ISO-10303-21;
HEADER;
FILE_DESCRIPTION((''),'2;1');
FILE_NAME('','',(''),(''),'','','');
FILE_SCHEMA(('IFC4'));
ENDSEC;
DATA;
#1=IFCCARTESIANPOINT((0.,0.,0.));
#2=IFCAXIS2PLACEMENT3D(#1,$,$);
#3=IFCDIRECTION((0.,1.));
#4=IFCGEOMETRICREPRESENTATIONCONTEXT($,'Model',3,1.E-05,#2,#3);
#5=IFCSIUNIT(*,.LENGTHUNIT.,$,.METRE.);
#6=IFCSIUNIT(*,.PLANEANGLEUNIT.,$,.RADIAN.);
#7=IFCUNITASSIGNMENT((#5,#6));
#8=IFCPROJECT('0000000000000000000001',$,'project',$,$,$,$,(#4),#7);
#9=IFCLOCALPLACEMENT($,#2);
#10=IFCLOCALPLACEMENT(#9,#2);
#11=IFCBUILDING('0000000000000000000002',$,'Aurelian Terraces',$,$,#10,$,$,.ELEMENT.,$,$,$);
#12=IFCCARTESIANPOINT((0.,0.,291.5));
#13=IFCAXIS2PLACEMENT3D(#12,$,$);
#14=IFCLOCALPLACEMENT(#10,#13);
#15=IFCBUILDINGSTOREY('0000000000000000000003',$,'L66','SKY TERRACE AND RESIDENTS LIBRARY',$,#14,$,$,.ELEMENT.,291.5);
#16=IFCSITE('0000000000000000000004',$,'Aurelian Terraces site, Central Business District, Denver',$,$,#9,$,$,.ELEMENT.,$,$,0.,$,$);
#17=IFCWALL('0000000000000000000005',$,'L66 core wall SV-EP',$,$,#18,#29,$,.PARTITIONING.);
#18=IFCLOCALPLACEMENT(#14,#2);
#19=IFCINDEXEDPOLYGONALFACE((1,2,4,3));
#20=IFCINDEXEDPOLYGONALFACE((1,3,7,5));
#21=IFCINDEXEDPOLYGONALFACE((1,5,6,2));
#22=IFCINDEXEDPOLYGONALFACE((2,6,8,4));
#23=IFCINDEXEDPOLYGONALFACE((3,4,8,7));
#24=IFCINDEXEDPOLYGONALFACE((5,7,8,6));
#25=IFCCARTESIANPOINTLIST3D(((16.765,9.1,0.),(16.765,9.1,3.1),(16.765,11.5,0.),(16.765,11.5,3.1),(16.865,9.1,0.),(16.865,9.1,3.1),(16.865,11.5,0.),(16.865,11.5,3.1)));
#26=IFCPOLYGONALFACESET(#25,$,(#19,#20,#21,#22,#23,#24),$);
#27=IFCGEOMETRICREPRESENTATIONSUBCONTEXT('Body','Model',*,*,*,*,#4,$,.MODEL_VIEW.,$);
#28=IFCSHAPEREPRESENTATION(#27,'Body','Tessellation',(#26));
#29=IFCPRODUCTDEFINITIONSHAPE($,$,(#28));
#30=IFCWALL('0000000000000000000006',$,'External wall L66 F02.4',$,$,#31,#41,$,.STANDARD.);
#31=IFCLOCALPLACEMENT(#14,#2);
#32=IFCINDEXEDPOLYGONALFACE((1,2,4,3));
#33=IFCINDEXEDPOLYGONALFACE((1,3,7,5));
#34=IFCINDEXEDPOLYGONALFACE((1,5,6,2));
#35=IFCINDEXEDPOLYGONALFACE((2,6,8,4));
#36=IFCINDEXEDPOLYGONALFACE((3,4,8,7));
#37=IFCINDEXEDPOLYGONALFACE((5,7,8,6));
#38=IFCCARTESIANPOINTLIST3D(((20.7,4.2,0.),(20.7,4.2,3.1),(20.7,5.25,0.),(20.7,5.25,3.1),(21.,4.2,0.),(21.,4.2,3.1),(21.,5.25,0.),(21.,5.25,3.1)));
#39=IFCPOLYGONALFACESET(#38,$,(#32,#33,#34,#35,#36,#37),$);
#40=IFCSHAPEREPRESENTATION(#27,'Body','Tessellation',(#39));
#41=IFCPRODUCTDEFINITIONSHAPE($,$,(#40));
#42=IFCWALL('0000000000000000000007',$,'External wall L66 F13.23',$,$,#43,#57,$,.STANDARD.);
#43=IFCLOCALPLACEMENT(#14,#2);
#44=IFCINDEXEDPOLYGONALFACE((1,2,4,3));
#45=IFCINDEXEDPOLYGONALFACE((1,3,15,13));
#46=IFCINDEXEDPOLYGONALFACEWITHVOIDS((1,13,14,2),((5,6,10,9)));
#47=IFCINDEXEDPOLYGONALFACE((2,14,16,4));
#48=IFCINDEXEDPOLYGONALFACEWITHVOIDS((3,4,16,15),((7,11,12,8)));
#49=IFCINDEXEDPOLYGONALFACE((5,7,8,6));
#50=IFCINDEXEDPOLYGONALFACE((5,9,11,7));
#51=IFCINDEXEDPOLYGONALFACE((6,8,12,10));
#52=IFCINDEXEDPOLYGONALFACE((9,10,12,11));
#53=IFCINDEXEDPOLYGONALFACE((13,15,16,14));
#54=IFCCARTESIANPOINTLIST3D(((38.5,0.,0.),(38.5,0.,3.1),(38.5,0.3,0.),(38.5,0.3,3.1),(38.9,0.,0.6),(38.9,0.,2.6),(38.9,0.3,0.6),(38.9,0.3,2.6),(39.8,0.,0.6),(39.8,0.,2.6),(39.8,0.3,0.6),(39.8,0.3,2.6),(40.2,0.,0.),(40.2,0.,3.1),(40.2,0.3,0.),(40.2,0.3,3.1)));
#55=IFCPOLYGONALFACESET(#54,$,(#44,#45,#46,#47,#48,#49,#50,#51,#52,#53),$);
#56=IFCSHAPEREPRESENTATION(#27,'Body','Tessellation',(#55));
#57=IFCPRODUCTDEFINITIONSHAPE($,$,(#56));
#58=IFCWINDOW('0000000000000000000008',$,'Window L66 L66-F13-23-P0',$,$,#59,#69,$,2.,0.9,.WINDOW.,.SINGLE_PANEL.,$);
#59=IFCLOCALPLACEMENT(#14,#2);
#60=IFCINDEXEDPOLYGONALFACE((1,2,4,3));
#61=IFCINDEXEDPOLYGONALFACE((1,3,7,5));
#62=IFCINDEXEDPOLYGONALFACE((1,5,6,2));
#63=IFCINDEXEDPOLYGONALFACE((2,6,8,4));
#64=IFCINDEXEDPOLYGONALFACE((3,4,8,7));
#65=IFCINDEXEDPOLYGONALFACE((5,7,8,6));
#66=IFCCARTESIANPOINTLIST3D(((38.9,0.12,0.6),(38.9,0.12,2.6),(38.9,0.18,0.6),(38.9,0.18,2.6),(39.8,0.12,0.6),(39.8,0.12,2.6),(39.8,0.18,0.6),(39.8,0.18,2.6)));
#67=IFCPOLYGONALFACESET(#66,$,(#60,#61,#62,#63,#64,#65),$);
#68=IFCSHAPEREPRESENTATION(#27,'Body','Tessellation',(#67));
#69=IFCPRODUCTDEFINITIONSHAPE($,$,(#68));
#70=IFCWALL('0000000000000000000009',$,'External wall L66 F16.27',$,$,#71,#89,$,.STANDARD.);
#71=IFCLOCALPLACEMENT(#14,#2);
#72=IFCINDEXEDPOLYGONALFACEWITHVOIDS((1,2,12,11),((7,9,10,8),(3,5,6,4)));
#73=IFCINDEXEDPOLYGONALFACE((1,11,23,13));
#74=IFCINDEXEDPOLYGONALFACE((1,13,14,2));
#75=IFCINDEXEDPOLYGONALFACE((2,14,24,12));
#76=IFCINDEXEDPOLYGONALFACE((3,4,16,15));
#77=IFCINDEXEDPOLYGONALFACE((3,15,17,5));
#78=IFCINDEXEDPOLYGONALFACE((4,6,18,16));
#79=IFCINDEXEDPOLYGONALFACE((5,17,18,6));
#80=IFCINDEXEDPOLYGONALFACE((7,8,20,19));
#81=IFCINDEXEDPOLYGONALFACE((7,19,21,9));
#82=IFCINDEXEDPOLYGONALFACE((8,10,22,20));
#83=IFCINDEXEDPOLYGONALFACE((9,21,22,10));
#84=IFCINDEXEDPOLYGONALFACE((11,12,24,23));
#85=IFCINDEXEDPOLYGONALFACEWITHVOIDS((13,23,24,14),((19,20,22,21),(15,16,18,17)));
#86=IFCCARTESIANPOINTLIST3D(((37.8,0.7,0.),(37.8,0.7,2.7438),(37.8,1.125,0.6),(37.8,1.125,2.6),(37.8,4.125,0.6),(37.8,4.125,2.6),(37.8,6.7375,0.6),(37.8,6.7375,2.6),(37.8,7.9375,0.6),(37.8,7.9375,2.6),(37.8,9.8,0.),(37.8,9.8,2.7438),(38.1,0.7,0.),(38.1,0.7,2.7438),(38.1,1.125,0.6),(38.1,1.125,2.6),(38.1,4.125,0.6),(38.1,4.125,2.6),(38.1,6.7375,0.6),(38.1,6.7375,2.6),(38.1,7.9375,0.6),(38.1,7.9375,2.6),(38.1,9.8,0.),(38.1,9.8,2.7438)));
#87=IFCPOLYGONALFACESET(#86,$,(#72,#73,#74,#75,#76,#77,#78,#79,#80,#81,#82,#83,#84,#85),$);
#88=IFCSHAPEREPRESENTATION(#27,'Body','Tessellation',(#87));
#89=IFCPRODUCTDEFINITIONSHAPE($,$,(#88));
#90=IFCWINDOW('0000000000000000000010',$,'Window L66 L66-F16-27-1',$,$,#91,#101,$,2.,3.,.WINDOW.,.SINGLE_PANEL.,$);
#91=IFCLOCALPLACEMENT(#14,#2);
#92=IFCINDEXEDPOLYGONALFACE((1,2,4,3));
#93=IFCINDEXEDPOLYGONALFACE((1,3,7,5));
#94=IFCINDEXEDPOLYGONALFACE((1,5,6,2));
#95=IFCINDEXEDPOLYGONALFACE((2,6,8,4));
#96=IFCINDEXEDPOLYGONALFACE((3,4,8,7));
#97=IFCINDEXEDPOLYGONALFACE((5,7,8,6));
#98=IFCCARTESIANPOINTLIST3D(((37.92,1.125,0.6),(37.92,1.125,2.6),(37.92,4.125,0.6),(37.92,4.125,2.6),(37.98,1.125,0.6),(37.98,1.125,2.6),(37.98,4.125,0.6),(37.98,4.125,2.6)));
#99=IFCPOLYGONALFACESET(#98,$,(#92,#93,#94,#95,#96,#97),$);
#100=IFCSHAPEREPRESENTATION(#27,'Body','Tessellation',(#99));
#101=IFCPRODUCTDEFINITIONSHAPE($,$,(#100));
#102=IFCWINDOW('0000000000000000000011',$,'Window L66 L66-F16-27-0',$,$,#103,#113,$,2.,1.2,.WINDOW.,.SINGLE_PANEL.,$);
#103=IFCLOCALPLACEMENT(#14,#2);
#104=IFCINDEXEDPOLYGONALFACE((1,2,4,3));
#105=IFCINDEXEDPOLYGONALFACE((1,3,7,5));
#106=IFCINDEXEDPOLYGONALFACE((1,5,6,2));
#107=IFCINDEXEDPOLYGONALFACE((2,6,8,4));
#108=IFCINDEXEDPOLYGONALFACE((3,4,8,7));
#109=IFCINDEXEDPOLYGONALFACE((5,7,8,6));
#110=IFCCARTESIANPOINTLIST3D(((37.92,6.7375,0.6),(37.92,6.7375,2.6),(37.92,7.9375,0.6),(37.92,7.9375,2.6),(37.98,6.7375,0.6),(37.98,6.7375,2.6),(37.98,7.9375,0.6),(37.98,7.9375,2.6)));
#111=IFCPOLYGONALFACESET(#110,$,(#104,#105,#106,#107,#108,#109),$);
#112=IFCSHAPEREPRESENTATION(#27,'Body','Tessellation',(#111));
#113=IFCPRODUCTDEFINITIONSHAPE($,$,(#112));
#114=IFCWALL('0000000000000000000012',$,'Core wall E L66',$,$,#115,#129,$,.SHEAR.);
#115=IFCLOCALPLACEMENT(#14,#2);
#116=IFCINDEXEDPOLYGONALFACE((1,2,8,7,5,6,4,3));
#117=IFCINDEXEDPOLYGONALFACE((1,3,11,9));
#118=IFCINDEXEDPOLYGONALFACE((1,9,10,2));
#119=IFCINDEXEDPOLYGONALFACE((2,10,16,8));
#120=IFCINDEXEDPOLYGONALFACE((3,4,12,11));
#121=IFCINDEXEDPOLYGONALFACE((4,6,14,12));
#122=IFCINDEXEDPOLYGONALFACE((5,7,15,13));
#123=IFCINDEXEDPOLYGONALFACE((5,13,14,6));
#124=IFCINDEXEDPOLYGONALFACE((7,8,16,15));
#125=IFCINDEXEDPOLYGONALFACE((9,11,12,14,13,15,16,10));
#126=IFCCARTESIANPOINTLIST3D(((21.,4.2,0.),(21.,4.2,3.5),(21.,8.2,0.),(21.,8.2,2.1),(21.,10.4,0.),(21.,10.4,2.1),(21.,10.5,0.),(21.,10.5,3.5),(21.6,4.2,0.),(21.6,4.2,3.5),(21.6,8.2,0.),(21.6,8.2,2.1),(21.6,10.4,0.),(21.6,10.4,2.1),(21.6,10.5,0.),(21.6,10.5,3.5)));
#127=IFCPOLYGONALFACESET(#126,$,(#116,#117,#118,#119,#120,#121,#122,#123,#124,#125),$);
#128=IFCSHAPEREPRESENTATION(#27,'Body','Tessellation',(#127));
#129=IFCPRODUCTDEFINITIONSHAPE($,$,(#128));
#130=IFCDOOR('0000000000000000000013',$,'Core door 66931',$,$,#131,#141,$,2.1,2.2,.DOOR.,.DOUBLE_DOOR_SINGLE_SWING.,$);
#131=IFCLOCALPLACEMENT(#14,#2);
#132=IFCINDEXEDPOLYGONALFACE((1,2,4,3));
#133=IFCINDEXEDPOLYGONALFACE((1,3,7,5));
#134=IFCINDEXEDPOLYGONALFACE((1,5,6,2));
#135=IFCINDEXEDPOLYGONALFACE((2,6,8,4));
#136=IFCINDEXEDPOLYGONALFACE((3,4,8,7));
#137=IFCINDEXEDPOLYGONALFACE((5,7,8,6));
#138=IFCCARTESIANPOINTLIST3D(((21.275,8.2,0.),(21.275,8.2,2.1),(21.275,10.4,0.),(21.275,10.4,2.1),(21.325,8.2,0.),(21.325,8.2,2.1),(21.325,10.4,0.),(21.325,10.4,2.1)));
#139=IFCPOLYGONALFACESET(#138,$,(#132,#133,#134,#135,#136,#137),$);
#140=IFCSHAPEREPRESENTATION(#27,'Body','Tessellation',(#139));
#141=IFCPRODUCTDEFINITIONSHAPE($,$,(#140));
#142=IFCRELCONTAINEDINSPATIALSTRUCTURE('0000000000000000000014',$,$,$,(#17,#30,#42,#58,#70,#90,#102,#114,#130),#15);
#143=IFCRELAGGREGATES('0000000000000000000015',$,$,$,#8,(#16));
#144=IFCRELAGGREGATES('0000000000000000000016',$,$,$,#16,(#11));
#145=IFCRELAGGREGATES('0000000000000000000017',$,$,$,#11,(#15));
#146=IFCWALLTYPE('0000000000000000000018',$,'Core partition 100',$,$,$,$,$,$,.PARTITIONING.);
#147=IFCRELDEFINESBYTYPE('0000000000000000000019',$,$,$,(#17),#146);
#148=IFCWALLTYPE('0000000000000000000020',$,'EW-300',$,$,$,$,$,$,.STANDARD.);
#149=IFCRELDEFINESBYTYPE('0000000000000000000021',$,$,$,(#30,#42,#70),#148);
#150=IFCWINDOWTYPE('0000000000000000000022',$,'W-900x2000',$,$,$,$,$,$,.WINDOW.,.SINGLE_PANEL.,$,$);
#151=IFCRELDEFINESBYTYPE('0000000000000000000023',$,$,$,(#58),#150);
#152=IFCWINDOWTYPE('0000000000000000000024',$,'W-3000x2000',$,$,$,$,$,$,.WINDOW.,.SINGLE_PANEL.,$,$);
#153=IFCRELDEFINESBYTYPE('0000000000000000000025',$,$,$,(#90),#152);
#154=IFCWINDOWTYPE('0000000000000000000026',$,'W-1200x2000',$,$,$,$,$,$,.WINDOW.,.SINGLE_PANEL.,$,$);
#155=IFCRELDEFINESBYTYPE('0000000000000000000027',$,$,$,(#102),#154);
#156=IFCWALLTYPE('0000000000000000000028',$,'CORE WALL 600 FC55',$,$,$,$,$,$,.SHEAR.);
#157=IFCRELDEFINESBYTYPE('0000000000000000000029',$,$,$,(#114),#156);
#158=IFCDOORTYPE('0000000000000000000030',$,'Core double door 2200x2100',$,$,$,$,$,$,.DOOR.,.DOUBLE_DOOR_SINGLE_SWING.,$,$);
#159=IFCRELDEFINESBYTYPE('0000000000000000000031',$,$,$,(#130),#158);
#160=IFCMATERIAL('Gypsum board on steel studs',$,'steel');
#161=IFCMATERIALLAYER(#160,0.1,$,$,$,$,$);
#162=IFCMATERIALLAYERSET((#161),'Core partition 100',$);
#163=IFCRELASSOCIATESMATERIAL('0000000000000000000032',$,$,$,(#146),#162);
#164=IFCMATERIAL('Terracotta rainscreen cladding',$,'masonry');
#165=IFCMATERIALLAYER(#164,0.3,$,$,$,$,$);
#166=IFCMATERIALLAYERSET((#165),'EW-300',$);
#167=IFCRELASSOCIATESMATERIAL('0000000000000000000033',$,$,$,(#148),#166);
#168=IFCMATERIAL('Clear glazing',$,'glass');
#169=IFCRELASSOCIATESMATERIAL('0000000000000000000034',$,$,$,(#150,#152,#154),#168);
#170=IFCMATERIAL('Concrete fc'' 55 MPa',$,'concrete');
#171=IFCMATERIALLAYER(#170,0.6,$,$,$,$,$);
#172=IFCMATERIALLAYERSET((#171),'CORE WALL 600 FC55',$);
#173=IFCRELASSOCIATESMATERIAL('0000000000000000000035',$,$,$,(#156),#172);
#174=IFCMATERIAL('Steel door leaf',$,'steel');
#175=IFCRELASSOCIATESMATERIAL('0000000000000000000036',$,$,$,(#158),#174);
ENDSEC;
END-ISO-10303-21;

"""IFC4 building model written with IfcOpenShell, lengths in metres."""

from ifc_helpers import new_model, si_unit, direction, frame, frame_2d, origin, place, context, subcontext, project, spatial, rectangle, extrude, source, transform, mapped, material, layer, layer_set, type_object, element, fill, save


model = new_model("IFC4")

# Units and contexts
model_context = context("Model", 3, precision=1e-05, world=origin(), true_north=direction((0.0, 1.0)))
body_context = subcontext(model_context, "Body", "Model", "MODEL_VIEW")
ifc_project = project(units=[si_unit("LENGTHUNIT", "METRE"), si_unit("PLANEANGLEUNIT", "RADIAN")], contexts=[model_context])

# Site, building, storey
site_placement = place(None, origin())
site = spatial("IfcSite", under=ifc_project, at=site_placement, Name="Aurelian Terraces site, Central Business District, Denver", CompositionType="ELEMENT", RefElevation=0.0)
building_placement = place(site_placement, origin())
building = spatial("IfcBuilding", under=site, at=building_placement, Name="Aurelian Terraces", CompositionType="ELEMENT")
storey_placement = place(building_placement, frame((0.0, 0.0, 291.5)))
storey = spatial("IfcBuildingStorey", under=building, at=storey_placement, Name="L66", Description="SKY TERRACE AND RESIDENTS LIBRARY", CompositionType="ELEMENT", Elevation=291.5)

# Shared definitions
ifc_material_1 = material(Name="Concrete fc' 55 MPa", Category="concrete")

# Walls
ifc_material_2 = material(Name="Gypsum board on steel studs", Category="steel")
ifc_layer_1 = layer(ifc_material_2, 0.1)
ifc_layer_set_1 = layer_set([ifc_layer_1], Name="Core partition 100")
wall_type_1 = type_object("IfcWallType", Name="Core partition 100", PredefinedType="PARTITIONING", material=ifc_layer_set_1)
wall_1_placement = place(storey_placement, frame((16.815, 9.1, 0.0), z_axis=(0.0, 0.0, 1.0), x_axis=(0.0, 1.0, 0.0)))
element("IfcWall", 1, at=wall_1_placement, inside=storey, type_object=wall_type_1, Name="L66 core wall SV-EP", PredefinedType="PARTITIONING", context=body_context, shape_type="SweptSolid", body=[
    extrude(rectangle(XDim=2.4, YDim=0.1, at=frame_2d((1.2, 0.0))), origin(), (0.0, 0.0, 1.0), 3.1),
])
ifc_material_3 = material(Name="Terracotta rainscreen cladding", Category="masonry")
ifc_layer_2 = layer(ifc_material_3, 0.3)
ifc_layer_set_2 = layer_set([ifc_layer_2], Name="EW-300")
wall_type_2 = type_object("IfcWallType", Name="EW-300", PredefinedType="STANDARD", material=ifc_layer_set_2)
wall_2_placement = place(storey_placement, frame((20.85, 4.2, 0.0), z_axis=(0.0, 0.0, 1.0), x_axis=(0.0, 1.0, 0.0)))
element("IfcWall", 2, at=wall_2_placement, inside=storey, type_object=wall_type_2, Name="External wall L66 F02.4", PredefinedType="STANDARD", context=body_context, shape_type="SweptSolid", body=[
    extrude(rectangle(XDim=1.05, YDim=0.3, at=frame_2d((0.525, 0.0))), origin(), (0.0, 0.0, 1.0), 3.1),
])

# Wall, opening, window
wall_3_placement = place(storey_placement, frame((38.5, 0.15, 0.0), z_axis=(0.0, 0.0, 1.0), x_axis=(1.0, 0.0, 0.0)))
wall_3 = element("IfcWall", 3, at=wall_3_placement, inside=storey, type_object=wall_type_2, Name="External wall L66 F13.23", PredefinedType="STANDARD", context=body_context, shape_type="SweptSolid", body=[
    extrude(rectangle(XDim=1.7, YDim=0.3, at=frame_2d((0.85, 0.0))), origin(), (0.0, 0.0, 1.0), 3.1),
])
opening_1_placement = place(wall_3_placement, frame((0.4, 0.0, 0.6)))
opening_1 = element("IfcOpeningElement", 4, at=opening_1_placement, cuts=wall_3, PredefinedType="OPENING", context=body_context, shape_type="SweptSolid", body=[
    extrude(rectangle(XDim=0.9, YDim=2.0, at=frame_2d((0.45, 1.0))), frame((0.0, 0.16, 0.0), z_axis=(0.0, -1.0, 0.0), x_axis=(1.0, 0.0, 0.0)), (0.0, 0.0, 1.0), 0.32),
])
ifc_material_4 = material(Name="Clear glazing", Category="glass")
window_type_1 = type_object("IfcWindowType", Name="W-900x2000", PartitioningType="SINGLE_PANEL", PredefinedType="WINDOW", material=ifc_material_4)
window_1_placement = place(opening_1_placement, origin())
window_1 = element("IfcWindow", 5, at=window_1_placement, inside=storey, type_object=window_type_1, Name="Window L66 L66-F13-23-P0", OverallHeight=2.0, OverallWidth=0.9, PartitioningType="SINGLE_PANEL", PredefinedType="WINDOW", context=body_context, shape_type="SweptSolid", body=[
    extrude(rectangle(XDim=0.9, YDim=2.0, at=frame_2d((0.45, 1.0))), frame((0.0, 0.03, 0.0), z_axis=(0.0, -1.0, 0.0), x_axis=(1.0, 0.0, 0.0)), (0.0, 0.0, 1.0), 0.06),
])
fill(opening_1, window_1)

# Wall, openings, windows
wall_4_placement = place(storey_placement, frame((37.95, 9.8, 0.0), z_axis=(0.0, 0.0, 1.0), x_axis=(0.0, -1.0, 0.0)))
wall_4 = element("IfcWall", 6, at=wall_4_placement, inside=storey, type_object=wall_type_2, Name="External wall L66 F16.27", PredefinedType="STANDARD", context=body_context, shape_type="SweptSolid", body=[
    extrude(rectangle(XDim=9.1, YDim=0.3, at=frame_2d((4.55, 0.0))), origin(), (0.0, 0.0, 1.0), 2.7438),
])
shared_shape_1 = source(origin(), body_context, "Body", "SweptSolid", [
    extrude(rectangle(XDim=1.2, YDim=2.0, at=frame_2d((0.6, 1.0))), frame((0.0, 0.16, 0.0), z_axis=(0.0, -1.0, 0.0), x_axis=(1.0, 0.0, 0.0)), (0.0, 0.0, 1.0), 0.32),
])
opening_2_placement = place(wall_4_placement, frame((1.8625, 0.0, 0.6)))
opening_2 = element("IfcOpeningElement", 7, at=opening_2_placement, cuts=wall_4, PredefinedType="OPENING", context=body_context, shape_type="MappedRepresentation", body=[
    mapped(shared_shape_1, transform((0.0, 0.0, 0.0), scale=1.0)),
])
shared_shape_2 = source(origin(), body_context, "Body", "SweptSolid", [
    extrude(rectangle(XDim=3.0, YDim=2.0, at=frame_2d((1.5, 1.0))), frame((0.0, 0.16, 0.0), z_axis=(0.0, -1.0, 0.0), x_axis=(1.0, 0.0, 0.0)), (0.0, 0.0, 1.0), 0.32),
])
opening_3_placement = place(wall_4_placement, frame((5.675, 0.0, 0.6)))
opening_3 = element("IfcOpeningElement", 8, at=opening_3_placement, cuts=wall_4, PredefinedType="OPENING", context=body_context, shape_type="MappedRepresentation", body=[
    mapped(shared_shape_2, transform((0.0, 0.0, 0.0), scale=1.0)),
])
window_type_2 = type_object("IfcWindowType", Name="W-3000x2000", PartitioningType="SINGLE_PANEL", PredefinedType="WINDOW", material=ifc_material_4)
shared_shape_3 = source(origin(), body_context, "Body", "SweptSolid", [
    extrude(rectangle(XDim=3.0, YDim=2.0, at=frame_2d((1.5, 1.0))), frame((0.0, 0.03, 0.0), z_axis=(0.0, -1.0, 0.0), x_axis=(1.0, 0.0, 0.0)), (0.0, 0.0, 1.0), 0.06),
])
window_2_placement = place(opening_3_placement, origin())
window_2 = element("IfcWindow", 9, at=window_2_placement, inside=storey, type_object=window_type_2, Name="Window L66 L66-F16-27-1", OverallHeight=2.0, OverallWidth=3.0, PartitioningType="SINGLE_PANEL", PredefinedType="WINDOW", context=body_context, shape_type="MappedRepresentation", body=[
    mapped(shared_shape_3, transform((0.0, 0.0, 0.0), scale=1.0)),
])
fill(opening_3, window_2)
window_type_3 = type_object("IfcWindowType", Name="W-1200x2000", PartitioningType="SINGLE_PANEL", PredefinedType="WINDOW", material=ifc_material_4)
shared_shape_4 = source(origin(), body_context, "Body", "SweptSolid", [
    extrude(rectangle(XDim=1.2, YDim=2.0, at=frame_2d((0.6, 1.0))), frame((0.0, 0.03, 0.0), z_axis=(0.0, -1.0, 0.0), x_axis=(1.0, 0.0, 0.0)), (0.0, 0.0, 1.0), 0.06),
])
window_3_placement = place(opening_2_placement, origin())
window_3 = element("IfcWindow", 10, at=window_3_placement, inside=storey, type_object=window_type_3, Name="Window L66 L66-F16-27-0", OverallHeight=2.0, OverallWidth=1.2, PartitioningType="SINGLE_PANEL", PredefinedType="WINDOW", context=body_context, shape_type="MappedRepresentation", body=[
    mapped(shared_shape_4, transform((0.0, 0.0, 0.0), scale=1.0)),
])
fill(opening_2, window_3)

# Wall, opening, door
ifc_layer_3 = layer(ifc_material_1, 0.6)
ifc_layer_set_3 = layer_set([ifc_layer_3], Name="CORE WALL 600 FC55")
wall_type_3 = type_object("IfcWallType", Name="CORE WALL 600 FC55", PredefinedType="SHEAR", material=ifc_layer_set_3)
shared_shape_5 = source(origin(), body_context, "Body", "SweptSolid", [
    extrude(rectangle(XDim=6.3, YDim=0.6, at=frame_2d((3.15, 0.0))), origin(), (0.0, 0.0, 1.0), 3.5),
])
wall_5_placement = place(storey_placement, frame((21.3, 4.2, 0.0), z_axis=(0.0, 0.0, 1.0), x_axis=(0.0, 1.0, 0.0)))
wall_5 = element("IfcWall", 11, at=wall_5_placement, inside=storey, type_object=wall_type_3, Name="Core wall E L66", PredefinedType="SHEAR", context=body_context, shape_type="MappedRepresentation", body=[
    mapped(shared_shape_5, transform((0.0, 0.0, 0.0), scale=1.0)),
])
shared_shape_6 = source(origin(), body_context, "Body", "SweptSolid", [
    extrude(rectangle(XDim=2.2, YDim=2.1, at=frame_2d((1.1, 1.05))), frame((0.0, 0.31, 0.0), z_axis=(0.0, -1.0, 0.0), x_axis=(1.0, 0.0, 0.0)), (0.0, 0.0, 1.0), 0.62),
])
opening_4_placement = place(wall_5_placement, frame((4.0, 0.0, 0.0)))
opening_4 = element("IfcOpeningElement", 12, at=opening_4_placement, cuts=wall_5, PredefinedType="OPENING", context=body_context, shape_type="MappedRepresentation", body=[
    mapped(shared_shape_6, transform((0.0, 0.0, 0.0), scale=1.0)),
])
ifc_material_5 = material(Name="Steel door leaf", Category="steel")
door_type_1 = type_object("IfcDoorType", Name="Core double door 2200x2100", OperationType="DOUBLE_DOOR_SINGLE_SWING", PredefinedType="DOOR", material=ifc_material_5)
shared_shape_7 = source(origin(), body_context, "Body", "SweptSolid", [
    extrude(rectangle(XDim=2.2, YDim=2.1, at=frame_2d((1.1, 1.05))), frame((0.0, 0.025, 0.0), z_axis=(0.0, -1.0, 0.0), x_axis=(1.0, 0.0, 0.0)), (0.0, 0.0, 1.0), 0.05),
])
door_1_placement = place(opening_4_placement, origin())
door_1 = element("IfcDoor", 13, at=door_1_placement, inside=storey, type_object=door_type_1, Name="Core door 66931", OperationType="DOUBLE_DOOR_SINGLE_SWING", OverallHeight=2.1, OverallWidth=2.2, PredefinedType="DOOR", context=body_context, shape_type="MappedRepresentation", body=[
    mapped(shared_shape_7, transform((0.0, 0.0, 0.0), scale=1.0)),
])
fill(opening_4, door_1)

save(model, "model.ifc")
